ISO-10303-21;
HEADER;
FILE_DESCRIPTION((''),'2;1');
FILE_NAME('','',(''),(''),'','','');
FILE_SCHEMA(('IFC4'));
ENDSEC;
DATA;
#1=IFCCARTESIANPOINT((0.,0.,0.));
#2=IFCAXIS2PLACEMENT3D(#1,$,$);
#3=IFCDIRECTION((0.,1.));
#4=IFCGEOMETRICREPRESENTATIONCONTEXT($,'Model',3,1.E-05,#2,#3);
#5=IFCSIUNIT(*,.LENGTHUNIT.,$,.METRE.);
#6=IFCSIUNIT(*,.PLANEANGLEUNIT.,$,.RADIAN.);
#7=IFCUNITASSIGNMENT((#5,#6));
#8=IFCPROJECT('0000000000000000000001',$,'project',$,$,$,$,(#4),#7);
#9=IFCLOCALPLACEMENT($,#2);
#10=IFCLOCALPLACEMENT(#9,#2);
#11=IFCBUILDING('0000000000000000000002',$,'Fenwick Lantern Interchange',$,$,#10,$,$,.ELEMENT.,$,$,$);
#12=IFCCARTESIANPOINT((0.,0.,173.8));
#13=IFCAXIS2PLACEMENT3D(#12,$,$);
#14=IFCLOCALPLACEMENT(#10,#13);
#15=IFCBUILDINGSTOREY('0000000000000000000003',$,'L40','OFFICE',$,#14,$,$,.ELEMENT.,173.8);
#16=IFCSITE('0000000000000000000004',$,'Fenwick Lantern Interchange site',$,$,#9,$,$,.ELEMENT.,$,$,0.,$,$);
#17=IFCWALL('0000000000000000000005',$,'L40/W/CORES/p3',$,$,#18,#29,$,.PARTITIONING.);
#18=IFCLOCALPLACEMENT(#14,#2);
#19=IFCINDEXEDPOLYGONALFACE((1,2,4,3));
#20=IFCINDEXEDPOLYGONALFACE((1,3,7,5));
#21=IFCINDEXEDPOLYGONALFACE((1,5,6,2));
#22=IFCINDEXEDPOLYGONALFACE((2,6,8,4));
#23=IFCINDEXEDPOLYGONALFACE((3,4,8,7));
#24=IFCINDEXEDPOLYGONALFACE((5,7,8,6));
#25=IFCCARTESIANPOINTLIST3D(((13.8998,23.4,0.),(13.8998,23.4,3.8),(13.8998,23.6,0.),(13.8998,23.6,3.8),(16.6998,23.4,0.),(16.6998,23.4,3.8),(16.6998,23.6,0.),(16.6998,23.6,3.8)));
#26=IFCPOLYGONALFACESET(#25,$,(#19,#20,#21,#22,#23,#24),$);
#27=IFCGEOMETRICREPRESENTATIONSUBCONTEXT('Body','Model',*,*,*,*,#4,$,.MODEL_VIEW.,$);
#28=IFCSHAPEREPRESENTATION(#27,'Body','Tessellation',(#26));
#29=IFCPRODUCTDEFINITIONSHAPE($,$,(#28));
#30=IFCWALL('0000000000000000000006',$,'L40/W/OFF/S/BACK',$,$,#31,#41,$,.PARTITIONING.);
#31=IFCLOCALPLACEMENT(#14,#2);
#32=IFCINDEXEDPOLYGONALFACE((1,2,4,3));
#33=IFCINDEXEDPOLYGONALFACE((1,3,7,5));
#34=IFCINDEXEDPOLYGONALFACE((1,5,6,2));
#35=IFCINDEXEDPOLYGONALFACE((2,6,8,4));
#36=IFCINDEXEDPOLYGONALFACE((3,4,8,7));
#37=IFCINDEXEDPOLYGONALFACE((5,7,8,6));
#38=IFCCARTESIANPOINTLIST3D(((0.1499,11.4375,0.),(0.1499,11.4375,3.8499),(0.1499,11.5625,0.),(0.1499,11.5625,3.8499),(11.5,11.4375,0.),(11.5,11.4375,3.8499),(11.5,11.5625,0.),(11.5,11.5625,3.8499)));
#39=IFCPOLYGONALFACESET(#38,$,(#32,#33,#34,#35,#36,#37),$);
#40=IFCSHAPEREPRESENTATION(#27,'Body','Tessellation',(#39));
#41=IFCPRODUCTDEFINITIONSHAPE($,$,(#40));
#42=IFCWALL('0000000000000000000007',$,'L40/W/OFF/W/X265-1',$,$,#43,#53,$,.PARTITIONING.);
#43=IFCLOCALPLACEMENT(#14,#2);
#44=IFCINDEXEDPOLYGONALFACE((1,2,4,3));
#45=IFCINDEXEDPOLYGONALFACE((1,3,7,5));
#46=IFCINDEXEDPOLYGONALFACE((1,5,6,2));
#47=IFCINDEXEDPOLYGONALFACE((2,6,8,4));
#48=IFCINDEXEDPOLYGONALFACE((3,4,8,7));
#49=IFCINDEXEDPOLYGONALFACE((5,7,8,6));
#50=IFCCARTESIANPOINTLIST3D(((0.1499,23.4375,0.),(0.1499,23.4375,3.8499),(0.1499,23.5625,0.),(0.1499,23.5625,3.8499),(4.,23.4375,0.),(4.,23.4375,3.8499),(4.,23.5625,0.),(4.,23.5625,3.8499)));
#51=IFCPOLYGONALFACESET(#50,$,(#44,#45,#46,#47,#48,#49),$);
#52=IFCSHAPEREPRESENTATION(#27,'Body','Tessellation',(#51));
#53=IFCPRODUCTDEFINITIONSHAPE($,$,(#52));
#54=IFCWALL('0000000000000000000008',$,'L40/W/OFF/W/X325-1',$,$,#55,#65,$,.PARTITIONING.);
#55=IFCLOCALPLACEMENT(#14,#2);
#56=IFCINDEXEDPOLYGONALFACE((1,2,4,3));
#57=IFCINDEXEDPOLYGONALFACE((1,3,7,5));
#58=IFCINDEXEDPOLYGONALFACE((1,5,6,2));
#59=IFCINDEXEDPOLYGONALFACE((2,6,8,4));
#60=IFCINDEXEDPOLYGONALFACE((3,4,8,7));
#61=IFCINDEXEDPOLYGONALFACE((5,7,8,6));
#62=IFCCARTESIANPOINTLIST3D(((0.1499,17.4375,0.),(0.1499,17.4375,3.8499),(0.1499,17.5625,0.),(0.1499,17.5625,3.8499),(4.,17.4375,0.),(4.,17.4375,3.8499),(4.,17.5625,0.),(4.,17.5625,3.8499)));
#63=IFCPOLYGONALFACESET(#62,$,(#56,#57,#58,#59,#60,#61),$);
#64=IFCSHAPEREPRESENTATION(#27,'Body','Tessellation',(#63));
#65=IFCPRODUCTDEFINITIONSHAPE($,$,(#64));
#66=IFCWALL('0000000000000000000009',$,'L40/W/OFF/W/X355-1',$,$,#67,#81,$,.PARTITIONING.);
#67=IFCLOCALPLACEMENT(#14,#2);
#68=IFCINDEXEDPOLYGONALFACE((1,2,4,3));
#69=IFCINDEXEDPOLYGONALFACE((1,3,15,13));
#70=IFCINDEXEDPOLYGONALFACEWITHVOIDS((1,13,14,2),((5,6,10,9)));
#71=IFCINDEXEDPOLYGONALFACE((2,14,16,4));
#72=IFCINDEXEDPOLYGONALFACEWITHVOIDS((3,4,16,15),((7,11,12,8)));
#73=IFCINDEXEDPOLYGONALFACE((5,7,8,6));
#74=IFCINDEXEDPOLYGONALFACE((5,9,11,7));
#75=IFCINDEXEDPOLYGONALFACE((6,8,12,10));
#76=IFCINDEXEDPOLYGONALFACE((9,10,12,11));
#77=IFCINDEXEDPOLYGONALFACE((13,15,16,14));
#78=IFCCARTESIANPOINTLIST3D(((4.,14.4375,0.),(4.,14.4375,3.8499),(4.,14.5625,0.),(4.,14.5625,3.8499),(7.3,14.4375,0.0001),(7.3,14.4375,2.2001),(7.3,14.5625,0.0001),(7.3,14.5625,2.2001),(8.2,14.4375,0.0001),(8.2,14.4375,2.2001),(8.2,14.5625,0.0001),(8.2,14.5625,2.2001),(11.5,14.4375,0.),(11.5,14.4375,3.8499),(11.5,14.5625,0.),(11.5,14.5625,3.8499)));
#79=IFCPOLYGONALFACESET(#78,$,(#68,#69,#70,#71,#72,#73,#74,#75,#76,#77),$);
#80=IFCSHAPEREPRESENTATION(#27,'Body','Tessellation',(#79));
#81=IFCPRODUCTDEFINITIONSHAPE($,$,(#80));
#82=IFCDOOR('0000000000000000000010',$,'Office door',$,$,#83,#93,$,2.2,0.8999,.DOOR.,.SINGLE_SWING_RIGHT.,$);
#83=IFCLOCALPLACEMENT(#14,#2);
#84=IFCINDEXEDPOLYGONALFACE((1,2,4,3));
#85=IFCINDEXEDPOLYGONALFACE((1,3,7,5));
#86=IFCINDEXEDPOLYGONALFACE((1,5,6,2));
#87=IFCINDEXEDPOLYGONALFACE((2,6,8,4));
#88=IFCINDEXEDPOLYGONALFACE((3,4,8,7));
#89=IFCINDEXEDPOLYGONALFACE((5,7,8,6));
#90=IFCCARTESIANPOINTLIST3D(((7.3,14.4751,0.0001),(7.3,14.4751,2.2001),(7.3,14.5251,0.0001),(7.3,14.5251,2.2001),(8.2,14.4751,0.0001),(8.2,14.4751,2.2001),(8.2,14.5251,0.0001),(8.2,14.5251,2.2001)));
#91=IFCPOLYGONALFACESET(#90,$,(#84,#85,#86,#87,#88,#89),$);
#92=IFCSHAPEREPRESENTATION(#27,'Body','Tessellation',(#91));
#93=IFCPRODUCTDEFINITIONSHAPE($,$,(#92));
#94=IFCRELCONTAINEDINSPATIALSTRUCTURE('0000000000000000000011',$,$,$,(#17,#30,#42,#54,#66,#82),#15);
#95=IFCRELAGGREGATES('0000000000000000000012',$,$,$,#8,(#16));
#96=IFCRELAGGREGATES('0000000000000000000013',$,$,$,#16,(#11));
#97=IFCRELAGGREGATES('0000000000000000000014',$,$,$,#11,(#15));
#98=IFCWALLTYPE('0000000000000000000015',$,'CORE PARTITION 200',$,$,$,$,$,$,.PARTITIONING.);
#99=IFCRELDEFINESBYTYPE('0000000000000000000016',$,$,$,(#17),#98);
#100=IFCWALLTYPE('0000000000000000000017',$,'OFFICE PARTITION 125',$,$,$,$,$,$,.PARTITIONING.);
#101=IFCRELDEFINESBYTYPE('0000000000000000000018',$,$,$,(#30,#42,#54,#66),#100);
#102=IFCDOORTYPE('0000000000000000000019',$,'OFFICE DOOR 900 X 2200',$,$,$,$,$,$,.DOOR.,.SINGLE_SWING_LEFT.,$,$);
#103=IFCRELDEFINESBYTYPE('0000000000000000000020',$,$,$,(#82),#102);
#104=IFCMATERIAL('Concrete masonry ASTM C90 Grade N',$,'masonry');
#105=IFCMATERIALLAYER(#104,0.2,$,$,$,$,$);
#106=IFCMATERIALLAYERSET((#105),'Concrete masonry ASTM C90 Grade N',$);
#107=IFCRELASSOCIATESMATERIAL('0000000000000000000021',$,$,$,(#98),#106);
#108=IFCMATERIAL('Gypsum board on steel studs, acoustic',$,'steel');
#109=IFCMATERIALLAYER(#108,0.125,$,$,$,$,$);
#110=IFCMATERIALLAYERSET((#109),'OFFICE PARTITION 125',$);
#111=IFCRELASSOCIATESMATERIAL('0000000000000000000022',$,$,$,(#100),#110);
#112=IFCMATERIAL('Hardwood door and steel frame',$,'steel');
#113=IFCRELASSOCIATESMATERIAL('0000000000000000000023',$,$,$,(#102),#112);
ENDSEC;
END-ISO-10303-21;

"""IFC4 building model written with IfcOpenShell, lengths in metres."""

from ifc_helpers import new_model, si_unit, direction, frame, frame_2d, origin, place, context, subcontext, project, spatial, rectangle, extrude, material, layer, layer_set, type_object, element, fill, save


model = new_model("IFC4")

# Units and contexts
model_context = context("Model", 3, precision=1e-05, world=origin(), true_north=direction((0.0, 1.0)))
body_context = subcontext(model_context, "Body", "Model", "MODEL_VIEW")
ifc_project = project(units=[si_unit("LENGTHUNIT", "METRE"), si_unit("PLANEANGLEUNIT", "RADIAN")], contexts=[model_context])

# Site, building, storey
site_placement = place(None, origin())
site = spatial("IfcSite", under=ifc_project, at=site_placement, Name="Fenwick Lantern Interchange site", CompositionType="ELEMENT", RefElevation=0.0)
building_placement = place(site_placement, origin())
building = spatial("IfcBuilding", under=site, at=building_placement, Name="Fenwick Lantern Interchange", CompositionType="ELEMENT")
storey_placement = place(building_placement, frame((0.0, 0.0, 173.8)))
storey = spatial("IfcBuildingStorey", under=building, at=storey_placement, Name="L40", Description="OFFICE", CompositionType="ELEMENT", Elevation=173.8)

# Wall
ifc_material_1 = material(Name="Concrete masonry ASTM C90 Grade N", Category="masonry")
ifc_layer_1 = layer(ifc_material_1, 0.2)
ifc_layer_set_1 = layer_set([ifc_layer_1], Name="Concrete masonry ASTM C90 Grade N")
wall_type_1 = type_object("IfcWallType", Name="CORE PARTITION 200", PredefinedType="PARTITIONING", material=ifc_layer_set_1)
for number, where, z_axis, x_axis, name in (
    (1, (13.8999, 23.5, 0.0), (0.0, 0.0, 1.0), (1.0, 0.0, 0.0), "L40/W/CORES/p3"),
):
    element("IfcWall", number, at=place(storey_placement, frame(where, z_axis=z_axis, x_axis=x_axis)), inside=storey, type_object=wall_type_1, Name=name, PredefinedType="PARTITIONING", context=body_context, shape_type="SweptSolid", body=[
        extrude(rectangle(XDim=2.8, YDim=0.2, at=frame_2d((1.3999, 0.0))), origin(), (0.0, 0.0, 1.0), 3.8),
    ])

# Shared definitions
ifc_material_2 = material(Name="Hardwood door and steel frame", Category="steel")

# Walls
ifc_material_3 = material(Name="Gypsum board on steel studs, acoustic", Category="steel")
ifc_layer_2 = layer(ifc_material_3, 0.125)
ifc_layer_set_2 = layer_set([ifc_layer_2], Name="OFFICE PARTITION 125")
wall_type_2 = type_object("IfcWallType", Name="OFFICE PARTITION 125", PredefinedType="PARTITIONING", material=ifc_layer_set_2)
wall_1_placement = place(storey_placement, frame((0.1499, 11.5, 0.0), z_axis=(0.0, 0.0, 1.0), x_axis=(1.0, 0.0, 0.0)))
element("IfcWall", 2, at=wall_1_placement, inside=storey, type_object=wall_type_2, Name="L40/W/OFF/S/BACK", PredefinedType="PARTITIONING", context=body_context, shape_type="SweptSolid", body=[
    extrude(rectangle(XDim=11.3501, YDim=0.125, at=frame_2d((5.675, 0.0))), origin(), (0.0, 0.0, 1.0), 3.8499),
])
for number, where, z_axis, x_axis, name in (
    (3, (0.1499, 23.5, 0.0), (0.0, 0.0, 1.0), (1.0, 0.0, 0.0), "L40/W/OFF/W/X265-1"),
    (4, (0.1499, 17.5, 0.0), (0.0, 0.0, 1.0), (1.0, 0.0, 0.0), "L40/W/OFF/W/X325-1"),
):
    element("IfcWall", number, at=place(storey_placement, frame(where, z_axis=z_axis, x_axis=x_axis)), inside=storey, type_object=wall_type_2, Name=name, PredefinedType="PARTITIONING", context=body_context, shape_type="SweptSolid", body=[
        extrude(rectangle(XDim=3.8501, YDim=0.125, at=frame_2d((1.925, 0.0))), origin(), (0.0, 0.0, 1.0), 3.8499),
    ])

# Wall, opening, door
wall_2_placement = place(storey_placement, frame((4.0, 14.5, 0.0), z_axis=(0.0, 0.0, 1.0), x_axis=(1.0, 0.0, 0.0)))
wall_2 = element("IfcWall", 5, at=wall_2_placement, inside=storey, type_object=wall_type_2, Name="L40/W/OFF/W/X355-1", PredefinedType="PARTITIONING", context=body_context, shape_type="SweptSolid", body=[
    extrude(rectangle(XDim=7.5, YDim=0.125, at=frame_2d((3.75, 0.0))), origin(), (0.0, 0.0, 1.0), 3.8499),
])
opening_1_placement = place(wall_2_placement, frame((3.3, 0.0, 0.0)))
opening_1 = element("IfcOpeningElement", 6, at=opening_1_placement, cuts=wall_2, PredefinedType="OPENING", context=body_context, shape_type="SweptSolid", body=[
    extrude(rectangle(XDim=0.8999, YDim=2.2, at=frame_2d((0.45, 1.1001))), frame((0.0, 0.0725, 0.0), z_axis=(0.0, -1.0, 0.0), x_axis=(1.0, 0.0, 0.0)), (0.0, 0.0, 1.0), 0.145),
])
door_type_1 = type_object("IfcDoorType", Name="OFFICE DOOR 900 X 2200", OperationType="SINGLE_SWING_LEFT", PredefinedType="DOOR", material=ifc_material_2)
door_1_placement = place(opening_1_placement, frame((0.8999, 0.0, 0.0), z_axis=(0.0, 0.0, 1.0), x_axis=(-1.0, 0.0, 0.0)))
door_1 = element("IfcDoor", 7, at=door_1_placement, inside=storey, type_object=door_type_1, Name="Office door", OperationType="SINGLE_SWING_RIGHT", OverallHeight=2.2, OverallWidth=0.8999, PredefinedType="DOOR", context=body_context, shape_type="SweptSolid", body=[
    extrude(rectangle(XDim=0.8999, YDim=2.2, at=frame_2d((0.45, 1.1001))), frame((0.0, 0.0249, 0.0), z_axis=(0.0, -1.0, 0.0), x_axis=(1.0, 0.0, 0.0)), (0.0, 0.0, 1.0), 0.05),
])
fill(opening_1, door_1)

save(model, "model.ifc")
